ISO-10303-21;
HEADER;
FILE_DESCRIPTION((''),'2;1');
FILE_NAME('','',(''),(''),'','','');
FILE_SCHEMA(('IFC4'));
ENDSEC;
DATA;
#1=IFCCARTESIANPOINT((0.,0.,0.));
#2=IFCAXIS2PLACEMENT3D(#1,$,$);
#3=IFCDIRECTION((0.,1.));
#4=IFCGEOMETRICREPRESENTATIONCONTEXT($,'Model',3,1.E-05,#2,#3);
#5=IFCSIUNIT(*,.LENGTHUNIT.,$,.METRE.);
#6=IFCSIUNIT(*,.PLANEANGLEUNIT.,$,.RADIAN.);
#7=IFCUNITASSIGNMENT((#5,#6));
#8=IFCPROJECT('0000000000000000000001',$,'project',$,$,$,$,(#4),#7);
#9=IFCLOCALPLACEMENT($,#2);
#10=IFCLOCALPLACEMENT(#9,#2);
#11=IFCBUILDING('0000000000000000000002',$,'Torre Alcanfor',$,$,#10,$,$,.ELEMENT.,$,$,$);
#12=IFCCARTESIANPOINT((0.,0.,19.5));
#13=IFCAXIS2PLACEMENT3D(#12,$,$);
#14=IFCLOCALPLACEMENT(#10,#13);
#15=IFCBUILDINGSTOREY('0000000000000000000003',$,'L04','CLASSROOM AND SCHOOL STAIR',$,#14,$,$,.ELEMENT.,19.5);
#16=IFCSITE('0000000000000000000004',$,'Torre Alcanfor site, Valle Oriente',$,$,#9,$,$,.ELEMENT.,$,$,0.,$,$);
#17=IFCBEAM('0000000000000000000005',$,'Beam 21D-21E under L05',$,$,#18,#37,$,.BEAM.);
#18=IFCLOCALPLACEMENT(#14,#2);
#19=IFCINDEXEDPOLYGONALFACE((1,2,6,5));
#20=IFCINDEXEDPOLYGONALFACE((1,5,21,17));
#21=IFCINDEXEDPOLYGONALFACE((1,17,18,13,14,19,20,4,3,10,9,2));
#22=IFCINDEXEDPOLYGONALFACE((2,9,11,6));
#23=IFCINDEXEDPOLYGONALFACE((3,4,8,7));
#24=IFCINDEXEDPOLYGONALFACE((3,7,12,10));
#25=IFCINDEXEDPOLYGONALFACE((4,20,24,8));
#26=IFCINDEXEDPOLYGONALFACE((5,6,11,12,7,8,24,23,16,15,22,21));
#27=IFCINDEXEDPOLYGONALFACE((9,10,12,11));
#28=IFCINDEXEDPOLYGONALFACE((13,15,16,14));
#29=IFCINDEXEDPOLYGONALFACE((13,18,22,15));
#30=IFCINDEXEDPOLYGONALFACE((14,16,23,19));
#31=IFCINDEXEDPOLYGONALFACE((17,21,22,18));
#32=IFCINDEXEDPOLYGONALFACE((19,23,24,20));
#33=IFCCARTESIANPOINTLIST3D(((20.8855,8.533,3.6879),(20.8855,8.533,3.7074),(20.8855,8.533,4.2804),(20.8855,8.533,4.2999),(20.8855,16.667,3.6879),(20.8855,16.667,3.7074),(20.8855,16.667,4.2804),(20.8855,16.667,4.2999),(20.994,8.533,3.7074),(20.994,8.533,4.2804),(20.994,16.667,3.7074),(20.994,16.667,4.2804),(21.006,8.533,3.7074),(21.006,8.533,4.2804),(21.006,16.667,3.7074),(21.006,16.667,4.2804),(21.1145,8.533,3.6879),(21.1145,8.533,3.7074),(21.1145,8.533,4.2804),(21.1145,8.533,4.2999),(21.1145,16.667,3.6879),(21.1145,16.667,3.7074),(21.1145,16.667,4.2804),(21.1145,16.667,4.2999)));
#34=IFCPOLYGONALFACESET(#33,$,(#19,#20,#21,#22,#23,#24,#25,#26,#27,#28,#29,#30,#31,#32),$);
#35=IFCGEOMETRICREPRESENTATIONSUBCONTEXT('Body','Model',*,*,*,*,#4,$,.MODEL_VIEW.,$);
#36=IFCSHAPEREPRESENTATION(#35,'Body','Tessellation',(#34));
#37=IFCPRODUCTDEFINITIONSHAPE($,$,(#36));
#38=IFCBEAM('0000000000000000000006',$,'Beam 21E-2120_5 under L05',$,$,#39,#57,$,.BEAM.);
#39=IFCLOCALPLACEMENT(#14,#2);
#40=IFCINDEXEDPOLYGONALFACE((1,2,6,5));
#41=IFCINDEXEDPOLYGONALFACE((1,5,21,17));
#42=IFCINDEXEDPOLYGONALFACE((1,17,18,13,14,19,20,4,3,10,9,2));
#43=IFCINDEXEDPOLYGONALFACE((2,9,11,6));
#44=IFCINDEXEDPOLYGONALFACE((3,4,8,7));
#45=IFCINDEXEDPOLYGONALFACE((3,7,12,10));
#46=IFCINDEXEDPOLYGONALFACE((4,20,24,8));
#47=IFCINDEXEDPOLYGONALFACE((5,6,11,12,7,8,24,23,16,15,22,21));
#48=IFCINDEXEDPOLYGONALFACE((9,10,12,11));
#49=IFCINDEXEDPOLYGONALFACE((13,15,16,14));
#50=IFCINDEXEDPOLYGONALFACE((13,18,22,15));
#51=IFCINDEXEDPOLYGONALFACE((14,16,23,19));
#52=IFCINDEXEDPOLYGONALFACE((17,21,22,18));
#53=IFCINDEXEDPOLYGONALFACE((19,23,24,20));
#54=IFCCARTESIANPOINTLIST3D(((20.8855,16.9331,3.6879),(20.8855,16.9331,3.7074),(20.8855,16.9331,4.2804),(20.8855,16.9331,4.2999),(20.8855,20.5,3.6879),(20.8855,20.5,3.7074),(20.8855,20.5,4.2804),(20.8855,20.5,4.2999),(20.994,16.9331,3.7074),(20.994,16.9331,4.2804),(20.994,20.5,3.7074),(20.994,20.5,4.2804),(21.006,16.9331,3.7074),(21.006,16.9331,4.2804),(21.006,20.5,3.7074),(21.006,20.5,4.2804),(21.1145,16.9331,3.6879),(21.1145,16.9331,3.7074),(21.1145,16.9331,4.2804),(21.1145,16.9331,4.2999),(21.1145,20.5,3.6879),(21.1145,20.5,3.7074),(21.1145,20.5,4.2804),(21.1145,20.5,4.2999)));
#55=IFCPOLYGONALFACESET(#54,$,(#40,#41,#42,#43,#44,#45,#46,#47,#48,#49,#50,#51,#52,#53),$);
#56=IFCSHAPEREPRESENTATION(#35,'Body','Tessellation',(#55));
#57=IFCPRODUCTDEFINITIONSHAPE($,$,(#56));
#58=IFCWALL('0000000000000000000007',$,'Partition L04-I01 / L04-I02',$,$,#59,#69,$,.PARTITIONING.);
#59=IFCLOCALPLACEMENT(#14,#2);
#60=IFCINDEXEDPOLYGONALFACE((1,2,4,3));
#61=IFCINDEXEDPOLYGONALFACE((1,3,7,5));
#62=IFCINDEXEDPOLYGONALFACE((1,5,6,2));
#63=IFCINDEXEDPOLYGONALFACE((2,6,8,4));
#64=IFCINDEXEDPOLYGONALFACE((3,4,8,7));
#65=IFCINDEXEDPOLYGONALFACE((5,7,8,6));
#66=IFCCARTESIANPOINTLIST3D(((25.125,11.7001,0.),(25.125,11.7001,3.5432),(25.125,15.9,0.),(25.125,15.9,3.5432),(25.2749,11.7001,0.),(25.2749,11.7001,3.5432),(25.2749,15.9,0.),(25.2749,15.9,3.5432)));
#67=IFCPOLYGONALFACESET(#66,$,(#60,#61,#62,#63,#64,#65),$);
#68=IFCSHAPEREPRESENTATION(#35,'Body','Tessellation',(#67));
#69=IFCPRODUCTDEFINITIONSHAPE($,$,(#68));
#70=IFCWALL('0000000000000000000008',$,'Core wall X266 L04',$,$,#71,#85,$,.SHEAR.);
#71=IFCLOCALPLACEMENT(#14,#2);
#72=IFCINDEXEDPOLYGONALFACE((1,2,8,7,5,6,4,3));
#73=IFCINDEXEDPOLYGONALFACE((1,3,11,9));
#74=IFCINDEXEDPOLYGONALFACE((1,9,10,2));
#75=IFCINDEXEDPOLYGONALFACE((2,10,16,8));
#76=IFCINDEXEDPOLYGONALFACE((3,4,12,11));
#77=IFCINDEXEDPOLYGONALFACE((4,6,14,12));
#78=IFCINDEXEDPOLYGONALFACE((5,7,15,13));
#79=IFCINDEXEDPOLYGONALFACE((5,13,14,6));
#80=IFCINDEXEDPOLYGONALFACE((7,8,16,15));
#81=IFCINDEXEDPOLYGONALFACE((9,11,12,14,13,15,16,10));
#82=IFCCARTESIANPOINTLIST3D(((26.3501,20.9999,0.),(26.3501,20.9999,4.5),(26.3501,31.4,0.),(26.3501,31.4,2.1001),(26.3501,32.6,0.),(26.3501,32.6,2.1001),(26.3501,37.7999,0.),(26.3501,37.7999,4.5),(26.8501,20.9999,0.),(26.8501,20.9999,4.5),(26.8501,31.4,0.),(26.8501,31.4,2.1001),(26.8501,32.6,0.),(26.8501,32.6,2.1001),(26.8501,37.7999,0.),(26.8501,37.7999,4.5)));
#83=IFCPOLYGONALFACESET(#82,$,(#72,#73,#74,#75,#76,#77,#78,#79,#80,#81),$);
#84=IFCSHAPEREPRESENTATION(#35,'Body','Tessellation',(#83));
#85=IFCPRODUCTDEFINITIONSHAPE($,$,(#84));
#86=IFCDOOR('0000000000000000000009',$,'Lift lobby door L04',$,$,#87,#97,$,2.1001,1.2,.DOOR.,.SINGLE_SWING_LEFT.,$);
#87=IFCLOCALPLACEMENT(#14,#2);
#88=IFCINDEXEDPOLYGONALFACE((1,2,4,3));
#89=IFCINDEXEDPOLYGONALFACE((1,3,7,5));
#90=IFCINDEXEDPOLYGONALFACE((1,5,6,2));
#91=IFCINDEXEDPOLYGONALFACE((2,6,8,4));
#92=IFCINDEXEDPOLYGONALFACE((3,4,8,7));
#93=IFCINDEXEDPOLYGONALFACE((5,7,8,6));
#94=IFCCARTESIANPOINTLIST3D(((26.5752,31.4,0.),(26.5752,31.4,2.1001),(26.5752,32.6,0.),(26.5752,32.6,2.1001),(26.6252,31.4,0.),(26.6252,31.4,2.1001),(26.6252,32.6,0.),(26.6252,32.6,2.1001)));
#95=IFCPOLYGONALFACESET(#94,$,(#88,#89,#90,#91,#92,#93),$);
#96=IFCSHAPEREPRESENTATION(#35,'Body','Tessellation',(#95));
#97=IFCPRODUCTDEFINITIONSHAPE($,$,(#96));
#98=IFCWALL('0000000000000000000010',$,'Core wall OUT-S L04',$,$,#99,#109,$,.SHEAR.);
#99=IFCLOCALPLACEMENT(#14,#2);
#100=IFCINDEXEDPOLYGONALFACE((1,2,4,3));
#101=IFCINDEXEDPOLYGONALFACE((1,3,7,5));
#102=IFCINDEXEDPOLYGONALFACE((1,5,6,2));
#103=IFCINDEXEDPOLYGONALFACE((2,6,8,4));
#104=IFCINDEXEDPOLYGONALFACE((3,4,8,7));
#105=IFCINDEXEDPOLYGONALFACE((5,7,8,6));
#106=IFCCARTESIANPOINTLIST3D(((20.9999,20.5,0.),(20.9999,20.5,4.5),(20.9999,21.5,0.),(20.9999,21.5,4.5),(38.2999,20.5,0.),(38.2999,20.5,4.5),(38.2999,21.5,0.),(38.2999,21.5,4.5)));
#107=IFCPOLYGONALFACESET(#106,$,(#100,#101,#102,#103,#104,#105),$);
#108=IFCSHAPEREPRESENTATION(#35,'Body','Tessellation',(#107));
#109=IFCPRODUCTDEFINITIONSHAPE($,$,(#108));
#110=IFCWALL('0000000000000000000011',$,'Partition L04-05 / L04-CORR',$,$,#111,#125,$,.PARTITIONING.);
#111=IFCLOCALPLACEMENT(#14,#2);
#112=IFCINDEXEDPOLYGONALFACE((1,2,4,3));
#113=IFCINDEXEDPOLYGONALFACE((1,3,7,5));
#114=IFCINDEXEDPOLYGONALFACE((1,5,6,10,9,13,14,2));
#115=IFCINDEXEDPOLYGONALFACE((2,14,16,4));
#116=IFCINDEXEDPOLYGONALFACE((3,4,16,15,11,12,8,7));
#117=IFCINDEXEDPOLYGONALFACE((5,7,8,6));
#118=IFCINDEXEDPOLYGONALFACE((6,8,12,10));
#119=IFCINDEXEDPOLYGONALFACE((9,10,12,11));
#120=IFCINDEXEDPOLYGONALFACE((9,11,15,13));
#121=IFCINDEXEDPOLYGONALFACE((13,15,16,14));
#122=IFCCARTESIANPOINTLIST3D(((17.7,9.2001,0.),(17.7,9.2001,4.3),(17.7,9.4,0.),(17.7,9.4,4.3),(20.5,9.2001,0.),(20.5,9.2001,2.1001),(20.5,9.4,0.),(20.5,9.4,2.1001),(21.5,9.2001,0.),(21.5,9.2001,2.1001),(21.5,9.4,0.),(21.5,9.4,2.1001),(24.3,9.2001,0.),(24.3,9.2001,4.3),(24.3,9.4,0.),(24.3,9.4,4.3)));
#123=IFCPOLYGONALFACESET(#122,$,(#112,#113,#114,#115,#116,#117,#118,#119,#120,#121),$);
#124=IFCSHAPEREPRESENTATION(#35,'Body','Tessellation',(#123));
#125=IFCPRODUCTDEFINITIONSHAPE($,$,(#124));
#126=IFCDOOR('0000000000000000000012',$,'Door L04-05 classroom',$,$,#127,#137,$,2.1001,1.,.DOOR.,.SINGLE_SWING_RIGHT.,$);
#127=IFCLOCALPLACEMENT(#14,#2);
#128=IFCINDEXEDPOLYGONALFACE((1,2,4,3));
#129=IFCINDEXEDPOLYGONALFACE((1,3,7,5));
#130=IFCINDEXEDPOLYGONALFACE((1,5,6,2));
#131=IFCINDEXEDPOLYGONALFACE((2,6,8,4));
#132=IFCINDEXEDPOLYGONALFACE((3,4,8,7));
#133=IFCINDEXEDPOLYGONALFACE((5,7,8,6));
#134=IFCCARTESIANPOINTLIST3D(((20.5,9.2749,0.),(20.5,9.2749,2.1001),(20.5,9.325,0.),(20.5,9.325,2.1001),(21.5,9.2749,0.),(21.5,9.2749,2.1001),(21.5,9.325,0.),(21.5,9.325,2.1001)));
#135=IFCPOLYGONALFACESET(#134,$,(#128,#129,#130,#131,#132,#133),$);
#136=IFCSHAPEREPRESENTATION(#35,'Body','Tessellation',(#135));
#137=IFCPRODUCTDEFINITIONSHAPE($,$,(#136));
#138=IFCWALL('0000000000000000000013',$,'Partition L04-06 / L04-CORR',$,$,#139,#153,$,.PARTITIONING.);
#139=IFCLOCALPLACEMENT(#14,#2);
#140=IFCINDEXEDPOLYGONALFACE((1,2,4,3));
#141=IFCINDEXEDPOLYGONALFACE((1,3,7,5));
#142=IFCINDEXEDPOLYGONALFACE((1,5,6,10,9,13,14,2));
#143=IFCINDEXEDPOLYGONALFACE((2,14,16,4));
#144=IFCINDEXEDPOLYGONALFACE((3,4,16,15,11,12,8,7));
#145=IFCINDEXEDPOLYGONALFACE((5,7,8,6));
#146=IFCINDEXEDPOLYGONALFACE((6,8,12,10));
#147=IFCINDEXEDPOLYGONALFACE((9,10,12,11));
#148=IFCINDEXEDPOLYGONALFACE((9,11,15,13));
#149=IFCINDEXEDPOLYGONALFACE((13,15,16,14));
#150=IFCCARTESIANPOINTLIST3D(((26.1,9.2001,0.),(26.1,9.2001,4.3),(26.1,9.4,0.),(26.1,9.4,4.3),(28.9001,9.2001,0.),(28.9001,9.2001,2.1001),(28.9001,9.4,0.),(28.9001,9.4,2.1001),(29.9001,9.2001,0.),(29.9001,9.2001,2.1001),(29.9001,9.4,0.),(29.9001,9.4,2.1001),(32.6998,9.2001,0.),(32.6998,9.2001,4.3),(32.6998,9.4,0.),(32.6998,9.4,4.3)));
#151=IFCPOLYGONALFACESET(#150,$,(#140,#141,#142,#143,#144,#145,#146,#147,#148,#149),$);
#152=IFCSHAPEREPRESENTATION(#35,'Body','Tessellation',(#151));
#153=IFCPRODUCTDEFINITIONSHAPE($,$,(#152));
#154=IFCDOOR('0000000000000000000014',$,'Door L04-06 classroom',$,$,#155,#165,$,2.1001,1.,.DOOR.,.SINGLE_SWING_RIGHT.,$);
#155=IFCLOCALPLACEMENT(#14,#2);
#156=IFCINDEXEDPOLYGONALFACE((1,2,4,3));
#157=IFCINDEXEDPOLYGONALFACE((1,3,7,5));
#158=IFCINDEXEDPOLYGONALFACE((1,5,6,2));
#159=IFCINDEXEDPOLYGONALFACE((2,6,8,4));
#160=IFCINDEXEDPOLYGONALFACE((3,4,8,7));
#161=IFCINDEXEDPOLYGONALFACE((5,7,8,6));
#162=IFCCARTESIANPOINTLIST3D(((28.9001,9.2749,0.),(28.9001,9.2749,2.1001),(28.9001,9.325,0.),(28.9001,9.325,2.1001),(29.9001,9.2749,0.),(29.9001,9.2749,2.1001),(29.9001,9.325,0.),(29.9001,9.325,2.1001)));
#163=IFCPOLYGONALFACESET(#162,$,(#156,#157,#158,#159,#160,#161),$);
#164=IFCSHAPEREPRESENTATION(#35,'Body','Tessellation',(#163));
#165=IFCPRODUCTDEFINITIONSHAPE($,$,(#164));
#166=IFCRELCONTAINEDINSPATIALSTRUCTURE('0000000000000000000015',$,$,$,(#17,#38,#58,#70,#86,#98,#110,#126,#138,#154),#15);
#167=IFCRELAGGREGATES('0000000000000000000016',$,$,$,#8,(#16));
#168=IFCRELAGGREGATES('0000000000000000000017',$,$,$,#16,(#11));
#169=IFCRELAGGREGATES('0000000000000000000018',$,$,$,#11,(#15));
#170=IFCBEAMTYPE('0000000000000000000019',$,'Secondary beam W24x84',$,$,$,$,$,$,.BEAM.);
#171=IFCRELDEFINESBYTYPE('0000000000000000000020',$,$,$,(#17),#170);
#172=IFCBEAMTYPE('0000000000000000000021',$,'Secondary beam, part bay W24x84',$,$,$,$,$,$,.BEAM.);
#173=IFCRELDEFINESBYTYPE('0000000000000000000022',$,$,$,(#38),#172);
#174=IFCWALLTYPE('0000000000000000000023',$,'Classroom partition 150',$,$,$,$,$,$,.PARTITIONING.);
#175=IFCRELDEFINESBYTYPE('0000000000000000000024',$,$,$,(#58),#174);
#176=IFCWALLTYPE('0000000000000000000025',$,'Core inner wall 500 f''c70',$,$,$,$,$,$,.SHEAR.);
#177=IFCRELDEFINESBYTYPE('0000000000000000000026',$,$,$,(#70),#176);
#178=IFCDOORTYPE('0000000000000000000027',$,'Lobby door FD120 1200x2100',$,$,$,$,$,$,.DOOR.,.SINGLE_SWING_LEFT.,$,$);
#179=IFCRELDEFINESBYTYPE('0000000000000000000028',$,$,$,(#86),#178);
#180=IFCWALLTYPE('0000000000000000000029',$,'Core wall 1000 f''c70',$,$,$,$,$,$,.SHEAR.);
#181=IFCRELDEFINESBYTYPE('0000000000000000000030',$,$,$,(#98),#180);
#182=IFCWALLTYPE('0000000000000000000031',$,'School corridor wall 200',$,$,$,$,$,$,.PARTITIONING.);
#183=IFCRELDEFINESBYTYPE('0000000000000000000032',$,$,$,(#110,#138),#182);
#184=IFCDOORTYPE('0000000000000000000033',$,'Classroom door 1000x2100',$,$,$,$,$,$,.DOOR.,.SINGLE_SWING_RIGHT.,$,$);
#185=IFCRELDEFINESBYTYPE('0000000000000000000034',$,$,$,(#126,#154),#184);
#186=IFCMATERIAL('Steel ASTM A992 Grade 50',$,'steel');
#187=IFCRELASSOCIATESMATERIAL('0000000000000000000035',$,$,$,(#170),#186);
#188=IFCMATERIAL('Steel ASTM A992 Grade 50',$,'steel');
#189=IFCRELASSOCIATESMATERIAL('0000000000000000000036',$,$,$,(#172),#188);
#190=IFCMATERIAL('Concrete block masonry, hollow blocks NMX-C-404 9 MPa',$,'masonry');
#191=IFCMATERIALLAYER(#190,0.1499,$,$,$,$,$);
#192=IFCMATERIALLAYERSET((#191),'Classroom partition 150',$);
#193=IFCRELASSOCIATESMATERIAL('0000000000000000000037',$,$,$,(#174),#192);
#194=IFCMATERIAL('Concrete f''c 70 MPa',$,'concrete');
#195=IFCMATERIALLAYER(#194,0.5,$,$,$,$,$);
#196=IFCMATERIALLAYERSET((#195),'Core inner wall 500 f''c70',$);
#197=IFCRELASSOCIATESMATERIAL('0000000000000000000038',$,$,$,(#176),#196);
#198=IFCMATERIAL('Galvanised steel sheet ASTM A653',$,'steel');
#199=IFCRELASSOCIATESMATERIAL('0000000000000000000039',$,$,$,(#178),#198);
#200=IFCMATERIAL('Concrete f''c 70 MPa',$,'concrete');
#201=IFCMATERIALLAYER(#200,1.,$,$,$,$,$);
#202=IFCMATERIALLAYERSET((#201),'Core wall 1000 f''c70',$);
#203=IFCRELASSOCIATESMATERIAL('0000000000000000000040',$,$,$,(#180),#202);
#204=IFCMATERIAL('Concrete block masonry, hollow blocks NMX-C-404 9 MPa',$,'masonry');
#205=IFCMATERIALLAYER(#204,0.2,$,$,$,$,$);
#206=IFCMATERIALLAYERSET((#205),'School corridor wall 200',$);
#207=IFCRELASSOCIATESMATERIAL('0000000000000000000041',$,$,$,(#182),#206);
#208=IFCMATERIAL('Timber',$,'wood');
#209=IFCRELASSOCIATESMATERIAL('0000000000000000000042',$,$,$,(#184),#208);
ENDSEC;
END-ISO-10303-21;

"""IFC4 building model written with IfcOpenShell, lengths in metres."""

from ifc_helpers import new_model, si_unit, direction, frame, frame_2d, origin, origin_2d, place, context, subcontext, project, spatial, rectangle, i_section, extrude, material, layer, layer_set, material_profile, profile_set, type_object, element, fill, save


model = new_model("IFC4")

# Units and contexts
model_context = context("Model", 3, precision=1e-05, world=origin(), true_north=direction((0.0, 1.0)))
body_context = subcontext(model_context, "Body", "Model", "MODEL_VIEW")
ifc_project = project(units=[si_unit("LENGTHUNIT", "METRE"), si_unit("PLANEANGLEUNIT", "RADIAN")], contexts=[model_context])

# Site, building, storey
site_placement = place(None, origin())
site = spatial("IfcSite", under=ifc_project, at=site_placement, Name="Torre Alcanfor site, Valle Oriente", CompositionType="ELEMENT", RefElevation=0.0)
building_placement = place(site_placement, origin())
building = spatial("IfcBuilding", under=site, at=building_placement, Name="Torre Alcanfor", CompositionType="ELEMENT")
storey_placement = place(building_placement, frame((0.0, 0.0, 19.5)))
storey = spatial("IfcBuildingStorey", under=building, at=storey_placement, Name="L04", Description="CLASSROOM AND SCHOOL STAIR", CompositionType="ELEMENT", Elevation=19.5)

# Beams
ifc_material_1 = material(Name="Steel ASTM A992 Grade 50", Category="steel")
ifc_material_profile_1 = material_profile(ifc_material_1, i_section(OverallWidth=0.229, OverallDepth=0.6121, WebThickness=0.012, FlangeThickness=0.0195, at=origin_2d()), Name="W24x84")
ifc_profile_set_1 = profile_set([ifc_material_profile_1], Name="Steel ASTM A992 Grade 50")
beam_type_1 = type_object("IfcBeamType", Name="Secondary beam W24x84", PredefinedType="BEAM", material=ifc_profile_set_1)
beam_1_placement = place(storey_placement, frame((21.0, 8.533, 3.9939), z_axis=(0.0, 1.0, 0.0), x_axis=(-1.0, 0.0, 0.0)))
element("IfcBeam", 1, at=beam_1_placement, inside=storey, type_object=beam_type_1, Name="Beam 21D-21E under L05", PredefinedType="BEAM", context=body_context, shape_type="SweptSolid", body=[
    extrude(i_section(OverallWidth=0.229, OverallDepth=0.6121, WebThickness=0.012, FlangeThickness=0.0195, at=origin_2d()), origin(), (0.0, 0.0, 1.0), 8.134),
])
ifc_material_2 = material(Name="Steel ASTM A992 Grade 50", Category="steel")
ifc_material_profile_2 = material_profile(ifc_material_2, i_section(OverallWidth=0.229, OverallDepth=0.6121, WebThickness=0.012, FlangeThickness=0.0195, at=origin_2d()), Name="W24x84")
ifc_profile_set_2 = profile_set([ifc_material_profile_2], Name="Steel ASTM A992 Grade 50")
beam_type_2 = type_object("IfcBeamType", Name="Secondary beam, part bay W24x84", PredefinedType="BEAM", material=ifc_profile_set_2)
beam_2_placement = place(storey_placement, frame((21.0, 16.9331, 3.9939), z_axis=(0.0, 1.0, 0.0), x_axis=(-1.0, 0.0, 0.0)))
element("IfcBeam", 2, at=beam_2_placement, inside=storey, type_object=beam_type_2, Name="Beam 21E-2120_5 under L05", PredefinedType="BEAM", context=body_context, shape_type="SweptSolid", body=[
    extrude(i_section(OverallWidth=0.229, OverallDepth=0.6121, WebThickness=0.012, FlangeThickness=0.0195, at=origin_2d()), origin(), (0.0, 0.0, 1.0), 3.5669),
])

# Wall
ifc_material_3 = material(Name="Concrete block masonry, hollow blocks NMX-C-404 9 MPa", Category="masonry")
ifc_layer_1 = layer(ifc_material_3, 0.1499)
ifc_layer_set_1 = layer_set([ifc_layer_1], Name="Classroom partition 150")
wall_type_1 = type_object("IfcWallType", Name="Classroom partition 150", PredefinedType="PARTITIONING", material=ifc_layer_set_1)
wall_1_placement = place(storey_placement, frame((25.2, 11.7, 0.0), z_axis=(0.0, 0.0, 1.0), x_axis=(0.0, 1.0, 0.0)))
element("IfcWall", 3, at=wall_1_placement, inside=storey, type_object=wall_type_1, Name="Partition L04-I01 / L04-I02", PredefinedType="PARTITIONING", context=body_context, shape_type="SweptSolid", body=[
    extrude(rectangle(XDim=4.2, YDim=0.1499, at=frame_2d((2.1001, 0.0))), origin(), (0.0, 0.0, 1.0), 3.5432),
])

# Wall, opening, door
ifc_material_4 = material(Name="Concrete f'c 70 MPa", Category="concrete")
ifc_layer_2 = layer(ifc_material_4, 0.5)
ifc_layer_set_2 = layer_set([ifc_layer_2], Name="Core inner wall 500 f'c70")
wall_type_2 = type_object("IfcWallType", Name="Core inner wall 500 f'c70", PredefinedType="SHEAR", material=ifc_layer_set_2)
wall_2_placement = place(storey_placement, frame((26.6001, 21.0, 0.0), z_axis=(0.0, 0.0, 1.0), x_axis=(0.0, 1.0, 0.0)))
wall_2 = element("IfcWall", 4, at=wall_2_placement, inside=storey, type_object=wall_type_2, Name="Core wall X266 L04", PredefinedType="SHEAR", context=body_context, shape_type="SweptSolid", body=[
    extrude(rectangle(XDim=16.8, YDim=0.5, at=frame_2d((8.3999, 0.0))), origin(), (0.0, 0.0, 1.0), 4.5),
])
opening_1_placement = place(wall_2_placement, frame((10.3999, 0.0, 0.0)))
opening_1 = element("IfcOpeningElement", 5, at=opening_1_placement, cuts=wall_2, PredefinedType="OPENING", context=body_context, shape_type="SweptSolid", body=[
    extrude(rectangle(XDim=1.2, YDim=2.1001, at=frame_2d((0.6001, 1.05))), frame((0.0, 0.26, 0.0), z_axis=(0.0, -1.0, 0.0), x_axis=(1.0, 0.0, 0.0)), (0.0, 0.0, 1.0), 0.52),
])
ifc_material_5 = material(Name="Galvanised steel sheet ASTM A653", Category="steel")
door_type_1 = type_object("IfcDoorType", Name="Lobby door FD120 1200x2100", OperationType="SINGLE_SWING_LEFT", PredefinedType="DOOR", material=ifc_material_5)
door_1_placement = place(opening_1_placement, origin())
door_1 = element("IfcDoor", 6, at=door_1_placement, inside=storey, type_object=door_type_1, Name="Lift lobby door L04", OperationType="SINGLE_SWING_LEFT", OverallHeight=2.1001, OverallWidth=1.2, PredefinedType="DOOR", context=body_context, shape_type="SweptSolid", body=[
    extrude(rectangle(XDim=1.2, YDim=2.1001, at=frame_2d((0.6001, 1.05))), frame((0.0, 0.0249, 0.0), z_axis=(0.0, -1.0, 0.0), x_axis=(1.0, 0.0, 0.0)), (0.0, 0.0, 1.0), 0.05),
])
fill(opening_1, door_1)

# Wall
ifc_material_6 = material(Name="Concrete f'c 70 MPa", Category="concrete")
ifc_layer_3 = layer(ifc_material_6, 1.0)
ifc_layer_set_3 = layer_set([ifc_layer_3], Name="Core wall 1000 f'c70")
wall_type_3 = type_object("IfcWallType", Name="Core wall 1000 f'c70", PredefinedType="SHEAR", material=ifc_layer_set_3)
wall_3_placement = place(storey_placement, frame((21.0, 21.0, 0.0), z_axis=(0.0, 0.0, 1.0), x_axis=(1.0, 0.0, 0.0)))
element("IfcWall", 7, at=wall_3_placement, inside=storey, type_object=wall_type_3, Name="Core wall OUT-S L04", PredefinedType="SHEAR", context=body_context, shape_type="SweptSolid", body=[
    extrude(rectangle(XDim=17.3, YDim=1.0, at=frame_2d((8.6499, 0.0))), origin(), (0.0, 0.0, 1.0), 4.5),
])

# Walls, openings, doors
ifc_material_7 = material(Name="Concrete block masonry, hollow blocks NMX-C-404 9 MPa", Category="masonry")
ifc_layer_4 = layer(ifc_material_7, 0.2)
ifc_layer_set_4 = layer_set([ifc_layer_4], Name="School corridor wall 200")
wall_type_4 = type_object("IfcWallType", Name="School corridor wall 200", PredefinedType="PARTITIONING", material=ifc_layer_set_4)
wall_4_placement = place(storey_placement, frame((17.7, 9.3, 0.0), z_axis=(0.0, 0.0, 1.0), x_axis=(1.0, 0.0, 0.0)))
wall_4 = element("IfcWall", 8, at=wall_4_placement, inside=storey, type_object=wall_type_4, Name="Partition L04-05 / L04-CORR", PredefinedType="PARTITIONING", context=body_context, shape_type="SweptSolid", body=[
    extrude(rectangle(XDim=6.6001, YDim=0.2, at=frame_2d((3.3, 0.0))), origin(), (0.0, 0.0, 1.0), 4.3),
])
opening_2_placement = place(wall_4_placement, frame((2.8, 0.0, 0.0)))
opening_2 = element("IfcOpeningElement", 9, at=opening_2_placement, cuts=wall_4, PredefinedType="OPENING", context=body_context, shape_type="SweptSolid", body=[
    extrude(rectangle(XDim=1.0, YDim=2.1001, at=frame_2d((0.5, 1.05))), frame((0.0, 0.1099, 0.0), z_axis=(0.0, -1.0, 0.0), x_axis=(1.0, 0.0, 0.0)), (0.0, 0.0, 1.0), 0.22),
])
ifc_material_8 = material(Name="Timber", Category="wood")
door_type_2 = type_object("IfcDoorType", Name="Classroom door 1000x2100", OperationType="SINGLE_SWING_RIGHT", PredefinedType="DOOR", material=ifc_material_8)
door_2_placement = place(opening_2_placement, frame((1.0, 0.0, 0.0), z_axis=(0.0, 0.0, 1.0), x_axis=(-1.0, 0.0, 0.0)))
door_2 = element("IfcDoor", 10, at=door_2_placement, inside=storey, type_object=door_type_2, Name="Door L04-05 classroom", OperationType="SINGLE_SWING_RIGHT", OverallHeight=2.1001, OverallWidth=1.0, PredefinedType="DOOR", context=body_context, shape_type="SweptSolid", body=[
    extrude(rectangle(XDim=1.0, YDim=2.1001, at=frame_2d((0.5, 1.05))), frame((0.0, 0.0251, 0.0), z_axis=(0.0, -1.0, 0.0), x_axis=(1.0, 0.0, 0.0)), (0.0, 0.0, 1.0), 0.05),
])
fill(opening_2, door_2)
wall_5_placement = place(storey_placement, frame((26.1001, 9.3, 0.0), z_axis=(0.0, 0.0, 1.0), x_axis=(1.0, 0.0, 0.0)))
wall_5 = element("IfcWall", 11, at=wall_5_placement, inside=storey, type_object=wall_type_4, Name="Partition L04-06 / L04-CORR", PredefinedType="PARTITIONING", context=body_context, shape_type="SweptSolid", body=[
    extrude(rectangle(XDim=6.5999, YDim=0.2, at=frame_2d((3.2998, 0.0))), origin(), (0.0, 0.0, 1.0), 4.3),
])
opening_3_placement = place(wall_5_placement, frame((2.8, 0.0, 0.0)))
opening_3 = element("IfcOpeningElement", 12, at=opening_3_placement, cuts=wall_5, PredefinedType="OPENING", context=body_context, shape_type="SweptSolid", body=[
    extrude(rectangle(XDim=1.0, YDim=2.1001, at=frame_2d((0.5, 1.05))), frame((0.0, 0.1099, 0.0), z_axis=(0.0, -1.0, 0.0), x_axis=(1.0, 0.0, 0.0)), (0.0, 0.0, 1.0), 0.22),
])
door_3_placement = place(opening_3_placement, frame((1.0, 0.0, 0.0), z_axis=(0.0, 0.0, 1.0), x_axis=(-1.0, 0.0, 0.0)))
door_3 = element("IfcDoor", 13, at=door_3_placement, inside=storey, type_object=door_type_2, Name="Door L04-06 classroom", OperationType="SINGLE_SWING_RIGHT", OverallHeight=2.1001, OverallWidth=1.0, PredefinedType="DOOR", context=body_context, shape_type="SweptSolid", body=[
    extrude(rectangle(XDim=1.0, YDim=2.1001, at=frame_2d((0.5, 1.05))), frame((0.0, 0.0251, 0.0), z_axis=(0.0, -1.0, 0.0), x_axis=(1.0, 0.0, 0.0)), (0.0, 0.0, 1.0), 0.05),
])
fill(opening_3, door_3)

save(model, "model.ifc")
